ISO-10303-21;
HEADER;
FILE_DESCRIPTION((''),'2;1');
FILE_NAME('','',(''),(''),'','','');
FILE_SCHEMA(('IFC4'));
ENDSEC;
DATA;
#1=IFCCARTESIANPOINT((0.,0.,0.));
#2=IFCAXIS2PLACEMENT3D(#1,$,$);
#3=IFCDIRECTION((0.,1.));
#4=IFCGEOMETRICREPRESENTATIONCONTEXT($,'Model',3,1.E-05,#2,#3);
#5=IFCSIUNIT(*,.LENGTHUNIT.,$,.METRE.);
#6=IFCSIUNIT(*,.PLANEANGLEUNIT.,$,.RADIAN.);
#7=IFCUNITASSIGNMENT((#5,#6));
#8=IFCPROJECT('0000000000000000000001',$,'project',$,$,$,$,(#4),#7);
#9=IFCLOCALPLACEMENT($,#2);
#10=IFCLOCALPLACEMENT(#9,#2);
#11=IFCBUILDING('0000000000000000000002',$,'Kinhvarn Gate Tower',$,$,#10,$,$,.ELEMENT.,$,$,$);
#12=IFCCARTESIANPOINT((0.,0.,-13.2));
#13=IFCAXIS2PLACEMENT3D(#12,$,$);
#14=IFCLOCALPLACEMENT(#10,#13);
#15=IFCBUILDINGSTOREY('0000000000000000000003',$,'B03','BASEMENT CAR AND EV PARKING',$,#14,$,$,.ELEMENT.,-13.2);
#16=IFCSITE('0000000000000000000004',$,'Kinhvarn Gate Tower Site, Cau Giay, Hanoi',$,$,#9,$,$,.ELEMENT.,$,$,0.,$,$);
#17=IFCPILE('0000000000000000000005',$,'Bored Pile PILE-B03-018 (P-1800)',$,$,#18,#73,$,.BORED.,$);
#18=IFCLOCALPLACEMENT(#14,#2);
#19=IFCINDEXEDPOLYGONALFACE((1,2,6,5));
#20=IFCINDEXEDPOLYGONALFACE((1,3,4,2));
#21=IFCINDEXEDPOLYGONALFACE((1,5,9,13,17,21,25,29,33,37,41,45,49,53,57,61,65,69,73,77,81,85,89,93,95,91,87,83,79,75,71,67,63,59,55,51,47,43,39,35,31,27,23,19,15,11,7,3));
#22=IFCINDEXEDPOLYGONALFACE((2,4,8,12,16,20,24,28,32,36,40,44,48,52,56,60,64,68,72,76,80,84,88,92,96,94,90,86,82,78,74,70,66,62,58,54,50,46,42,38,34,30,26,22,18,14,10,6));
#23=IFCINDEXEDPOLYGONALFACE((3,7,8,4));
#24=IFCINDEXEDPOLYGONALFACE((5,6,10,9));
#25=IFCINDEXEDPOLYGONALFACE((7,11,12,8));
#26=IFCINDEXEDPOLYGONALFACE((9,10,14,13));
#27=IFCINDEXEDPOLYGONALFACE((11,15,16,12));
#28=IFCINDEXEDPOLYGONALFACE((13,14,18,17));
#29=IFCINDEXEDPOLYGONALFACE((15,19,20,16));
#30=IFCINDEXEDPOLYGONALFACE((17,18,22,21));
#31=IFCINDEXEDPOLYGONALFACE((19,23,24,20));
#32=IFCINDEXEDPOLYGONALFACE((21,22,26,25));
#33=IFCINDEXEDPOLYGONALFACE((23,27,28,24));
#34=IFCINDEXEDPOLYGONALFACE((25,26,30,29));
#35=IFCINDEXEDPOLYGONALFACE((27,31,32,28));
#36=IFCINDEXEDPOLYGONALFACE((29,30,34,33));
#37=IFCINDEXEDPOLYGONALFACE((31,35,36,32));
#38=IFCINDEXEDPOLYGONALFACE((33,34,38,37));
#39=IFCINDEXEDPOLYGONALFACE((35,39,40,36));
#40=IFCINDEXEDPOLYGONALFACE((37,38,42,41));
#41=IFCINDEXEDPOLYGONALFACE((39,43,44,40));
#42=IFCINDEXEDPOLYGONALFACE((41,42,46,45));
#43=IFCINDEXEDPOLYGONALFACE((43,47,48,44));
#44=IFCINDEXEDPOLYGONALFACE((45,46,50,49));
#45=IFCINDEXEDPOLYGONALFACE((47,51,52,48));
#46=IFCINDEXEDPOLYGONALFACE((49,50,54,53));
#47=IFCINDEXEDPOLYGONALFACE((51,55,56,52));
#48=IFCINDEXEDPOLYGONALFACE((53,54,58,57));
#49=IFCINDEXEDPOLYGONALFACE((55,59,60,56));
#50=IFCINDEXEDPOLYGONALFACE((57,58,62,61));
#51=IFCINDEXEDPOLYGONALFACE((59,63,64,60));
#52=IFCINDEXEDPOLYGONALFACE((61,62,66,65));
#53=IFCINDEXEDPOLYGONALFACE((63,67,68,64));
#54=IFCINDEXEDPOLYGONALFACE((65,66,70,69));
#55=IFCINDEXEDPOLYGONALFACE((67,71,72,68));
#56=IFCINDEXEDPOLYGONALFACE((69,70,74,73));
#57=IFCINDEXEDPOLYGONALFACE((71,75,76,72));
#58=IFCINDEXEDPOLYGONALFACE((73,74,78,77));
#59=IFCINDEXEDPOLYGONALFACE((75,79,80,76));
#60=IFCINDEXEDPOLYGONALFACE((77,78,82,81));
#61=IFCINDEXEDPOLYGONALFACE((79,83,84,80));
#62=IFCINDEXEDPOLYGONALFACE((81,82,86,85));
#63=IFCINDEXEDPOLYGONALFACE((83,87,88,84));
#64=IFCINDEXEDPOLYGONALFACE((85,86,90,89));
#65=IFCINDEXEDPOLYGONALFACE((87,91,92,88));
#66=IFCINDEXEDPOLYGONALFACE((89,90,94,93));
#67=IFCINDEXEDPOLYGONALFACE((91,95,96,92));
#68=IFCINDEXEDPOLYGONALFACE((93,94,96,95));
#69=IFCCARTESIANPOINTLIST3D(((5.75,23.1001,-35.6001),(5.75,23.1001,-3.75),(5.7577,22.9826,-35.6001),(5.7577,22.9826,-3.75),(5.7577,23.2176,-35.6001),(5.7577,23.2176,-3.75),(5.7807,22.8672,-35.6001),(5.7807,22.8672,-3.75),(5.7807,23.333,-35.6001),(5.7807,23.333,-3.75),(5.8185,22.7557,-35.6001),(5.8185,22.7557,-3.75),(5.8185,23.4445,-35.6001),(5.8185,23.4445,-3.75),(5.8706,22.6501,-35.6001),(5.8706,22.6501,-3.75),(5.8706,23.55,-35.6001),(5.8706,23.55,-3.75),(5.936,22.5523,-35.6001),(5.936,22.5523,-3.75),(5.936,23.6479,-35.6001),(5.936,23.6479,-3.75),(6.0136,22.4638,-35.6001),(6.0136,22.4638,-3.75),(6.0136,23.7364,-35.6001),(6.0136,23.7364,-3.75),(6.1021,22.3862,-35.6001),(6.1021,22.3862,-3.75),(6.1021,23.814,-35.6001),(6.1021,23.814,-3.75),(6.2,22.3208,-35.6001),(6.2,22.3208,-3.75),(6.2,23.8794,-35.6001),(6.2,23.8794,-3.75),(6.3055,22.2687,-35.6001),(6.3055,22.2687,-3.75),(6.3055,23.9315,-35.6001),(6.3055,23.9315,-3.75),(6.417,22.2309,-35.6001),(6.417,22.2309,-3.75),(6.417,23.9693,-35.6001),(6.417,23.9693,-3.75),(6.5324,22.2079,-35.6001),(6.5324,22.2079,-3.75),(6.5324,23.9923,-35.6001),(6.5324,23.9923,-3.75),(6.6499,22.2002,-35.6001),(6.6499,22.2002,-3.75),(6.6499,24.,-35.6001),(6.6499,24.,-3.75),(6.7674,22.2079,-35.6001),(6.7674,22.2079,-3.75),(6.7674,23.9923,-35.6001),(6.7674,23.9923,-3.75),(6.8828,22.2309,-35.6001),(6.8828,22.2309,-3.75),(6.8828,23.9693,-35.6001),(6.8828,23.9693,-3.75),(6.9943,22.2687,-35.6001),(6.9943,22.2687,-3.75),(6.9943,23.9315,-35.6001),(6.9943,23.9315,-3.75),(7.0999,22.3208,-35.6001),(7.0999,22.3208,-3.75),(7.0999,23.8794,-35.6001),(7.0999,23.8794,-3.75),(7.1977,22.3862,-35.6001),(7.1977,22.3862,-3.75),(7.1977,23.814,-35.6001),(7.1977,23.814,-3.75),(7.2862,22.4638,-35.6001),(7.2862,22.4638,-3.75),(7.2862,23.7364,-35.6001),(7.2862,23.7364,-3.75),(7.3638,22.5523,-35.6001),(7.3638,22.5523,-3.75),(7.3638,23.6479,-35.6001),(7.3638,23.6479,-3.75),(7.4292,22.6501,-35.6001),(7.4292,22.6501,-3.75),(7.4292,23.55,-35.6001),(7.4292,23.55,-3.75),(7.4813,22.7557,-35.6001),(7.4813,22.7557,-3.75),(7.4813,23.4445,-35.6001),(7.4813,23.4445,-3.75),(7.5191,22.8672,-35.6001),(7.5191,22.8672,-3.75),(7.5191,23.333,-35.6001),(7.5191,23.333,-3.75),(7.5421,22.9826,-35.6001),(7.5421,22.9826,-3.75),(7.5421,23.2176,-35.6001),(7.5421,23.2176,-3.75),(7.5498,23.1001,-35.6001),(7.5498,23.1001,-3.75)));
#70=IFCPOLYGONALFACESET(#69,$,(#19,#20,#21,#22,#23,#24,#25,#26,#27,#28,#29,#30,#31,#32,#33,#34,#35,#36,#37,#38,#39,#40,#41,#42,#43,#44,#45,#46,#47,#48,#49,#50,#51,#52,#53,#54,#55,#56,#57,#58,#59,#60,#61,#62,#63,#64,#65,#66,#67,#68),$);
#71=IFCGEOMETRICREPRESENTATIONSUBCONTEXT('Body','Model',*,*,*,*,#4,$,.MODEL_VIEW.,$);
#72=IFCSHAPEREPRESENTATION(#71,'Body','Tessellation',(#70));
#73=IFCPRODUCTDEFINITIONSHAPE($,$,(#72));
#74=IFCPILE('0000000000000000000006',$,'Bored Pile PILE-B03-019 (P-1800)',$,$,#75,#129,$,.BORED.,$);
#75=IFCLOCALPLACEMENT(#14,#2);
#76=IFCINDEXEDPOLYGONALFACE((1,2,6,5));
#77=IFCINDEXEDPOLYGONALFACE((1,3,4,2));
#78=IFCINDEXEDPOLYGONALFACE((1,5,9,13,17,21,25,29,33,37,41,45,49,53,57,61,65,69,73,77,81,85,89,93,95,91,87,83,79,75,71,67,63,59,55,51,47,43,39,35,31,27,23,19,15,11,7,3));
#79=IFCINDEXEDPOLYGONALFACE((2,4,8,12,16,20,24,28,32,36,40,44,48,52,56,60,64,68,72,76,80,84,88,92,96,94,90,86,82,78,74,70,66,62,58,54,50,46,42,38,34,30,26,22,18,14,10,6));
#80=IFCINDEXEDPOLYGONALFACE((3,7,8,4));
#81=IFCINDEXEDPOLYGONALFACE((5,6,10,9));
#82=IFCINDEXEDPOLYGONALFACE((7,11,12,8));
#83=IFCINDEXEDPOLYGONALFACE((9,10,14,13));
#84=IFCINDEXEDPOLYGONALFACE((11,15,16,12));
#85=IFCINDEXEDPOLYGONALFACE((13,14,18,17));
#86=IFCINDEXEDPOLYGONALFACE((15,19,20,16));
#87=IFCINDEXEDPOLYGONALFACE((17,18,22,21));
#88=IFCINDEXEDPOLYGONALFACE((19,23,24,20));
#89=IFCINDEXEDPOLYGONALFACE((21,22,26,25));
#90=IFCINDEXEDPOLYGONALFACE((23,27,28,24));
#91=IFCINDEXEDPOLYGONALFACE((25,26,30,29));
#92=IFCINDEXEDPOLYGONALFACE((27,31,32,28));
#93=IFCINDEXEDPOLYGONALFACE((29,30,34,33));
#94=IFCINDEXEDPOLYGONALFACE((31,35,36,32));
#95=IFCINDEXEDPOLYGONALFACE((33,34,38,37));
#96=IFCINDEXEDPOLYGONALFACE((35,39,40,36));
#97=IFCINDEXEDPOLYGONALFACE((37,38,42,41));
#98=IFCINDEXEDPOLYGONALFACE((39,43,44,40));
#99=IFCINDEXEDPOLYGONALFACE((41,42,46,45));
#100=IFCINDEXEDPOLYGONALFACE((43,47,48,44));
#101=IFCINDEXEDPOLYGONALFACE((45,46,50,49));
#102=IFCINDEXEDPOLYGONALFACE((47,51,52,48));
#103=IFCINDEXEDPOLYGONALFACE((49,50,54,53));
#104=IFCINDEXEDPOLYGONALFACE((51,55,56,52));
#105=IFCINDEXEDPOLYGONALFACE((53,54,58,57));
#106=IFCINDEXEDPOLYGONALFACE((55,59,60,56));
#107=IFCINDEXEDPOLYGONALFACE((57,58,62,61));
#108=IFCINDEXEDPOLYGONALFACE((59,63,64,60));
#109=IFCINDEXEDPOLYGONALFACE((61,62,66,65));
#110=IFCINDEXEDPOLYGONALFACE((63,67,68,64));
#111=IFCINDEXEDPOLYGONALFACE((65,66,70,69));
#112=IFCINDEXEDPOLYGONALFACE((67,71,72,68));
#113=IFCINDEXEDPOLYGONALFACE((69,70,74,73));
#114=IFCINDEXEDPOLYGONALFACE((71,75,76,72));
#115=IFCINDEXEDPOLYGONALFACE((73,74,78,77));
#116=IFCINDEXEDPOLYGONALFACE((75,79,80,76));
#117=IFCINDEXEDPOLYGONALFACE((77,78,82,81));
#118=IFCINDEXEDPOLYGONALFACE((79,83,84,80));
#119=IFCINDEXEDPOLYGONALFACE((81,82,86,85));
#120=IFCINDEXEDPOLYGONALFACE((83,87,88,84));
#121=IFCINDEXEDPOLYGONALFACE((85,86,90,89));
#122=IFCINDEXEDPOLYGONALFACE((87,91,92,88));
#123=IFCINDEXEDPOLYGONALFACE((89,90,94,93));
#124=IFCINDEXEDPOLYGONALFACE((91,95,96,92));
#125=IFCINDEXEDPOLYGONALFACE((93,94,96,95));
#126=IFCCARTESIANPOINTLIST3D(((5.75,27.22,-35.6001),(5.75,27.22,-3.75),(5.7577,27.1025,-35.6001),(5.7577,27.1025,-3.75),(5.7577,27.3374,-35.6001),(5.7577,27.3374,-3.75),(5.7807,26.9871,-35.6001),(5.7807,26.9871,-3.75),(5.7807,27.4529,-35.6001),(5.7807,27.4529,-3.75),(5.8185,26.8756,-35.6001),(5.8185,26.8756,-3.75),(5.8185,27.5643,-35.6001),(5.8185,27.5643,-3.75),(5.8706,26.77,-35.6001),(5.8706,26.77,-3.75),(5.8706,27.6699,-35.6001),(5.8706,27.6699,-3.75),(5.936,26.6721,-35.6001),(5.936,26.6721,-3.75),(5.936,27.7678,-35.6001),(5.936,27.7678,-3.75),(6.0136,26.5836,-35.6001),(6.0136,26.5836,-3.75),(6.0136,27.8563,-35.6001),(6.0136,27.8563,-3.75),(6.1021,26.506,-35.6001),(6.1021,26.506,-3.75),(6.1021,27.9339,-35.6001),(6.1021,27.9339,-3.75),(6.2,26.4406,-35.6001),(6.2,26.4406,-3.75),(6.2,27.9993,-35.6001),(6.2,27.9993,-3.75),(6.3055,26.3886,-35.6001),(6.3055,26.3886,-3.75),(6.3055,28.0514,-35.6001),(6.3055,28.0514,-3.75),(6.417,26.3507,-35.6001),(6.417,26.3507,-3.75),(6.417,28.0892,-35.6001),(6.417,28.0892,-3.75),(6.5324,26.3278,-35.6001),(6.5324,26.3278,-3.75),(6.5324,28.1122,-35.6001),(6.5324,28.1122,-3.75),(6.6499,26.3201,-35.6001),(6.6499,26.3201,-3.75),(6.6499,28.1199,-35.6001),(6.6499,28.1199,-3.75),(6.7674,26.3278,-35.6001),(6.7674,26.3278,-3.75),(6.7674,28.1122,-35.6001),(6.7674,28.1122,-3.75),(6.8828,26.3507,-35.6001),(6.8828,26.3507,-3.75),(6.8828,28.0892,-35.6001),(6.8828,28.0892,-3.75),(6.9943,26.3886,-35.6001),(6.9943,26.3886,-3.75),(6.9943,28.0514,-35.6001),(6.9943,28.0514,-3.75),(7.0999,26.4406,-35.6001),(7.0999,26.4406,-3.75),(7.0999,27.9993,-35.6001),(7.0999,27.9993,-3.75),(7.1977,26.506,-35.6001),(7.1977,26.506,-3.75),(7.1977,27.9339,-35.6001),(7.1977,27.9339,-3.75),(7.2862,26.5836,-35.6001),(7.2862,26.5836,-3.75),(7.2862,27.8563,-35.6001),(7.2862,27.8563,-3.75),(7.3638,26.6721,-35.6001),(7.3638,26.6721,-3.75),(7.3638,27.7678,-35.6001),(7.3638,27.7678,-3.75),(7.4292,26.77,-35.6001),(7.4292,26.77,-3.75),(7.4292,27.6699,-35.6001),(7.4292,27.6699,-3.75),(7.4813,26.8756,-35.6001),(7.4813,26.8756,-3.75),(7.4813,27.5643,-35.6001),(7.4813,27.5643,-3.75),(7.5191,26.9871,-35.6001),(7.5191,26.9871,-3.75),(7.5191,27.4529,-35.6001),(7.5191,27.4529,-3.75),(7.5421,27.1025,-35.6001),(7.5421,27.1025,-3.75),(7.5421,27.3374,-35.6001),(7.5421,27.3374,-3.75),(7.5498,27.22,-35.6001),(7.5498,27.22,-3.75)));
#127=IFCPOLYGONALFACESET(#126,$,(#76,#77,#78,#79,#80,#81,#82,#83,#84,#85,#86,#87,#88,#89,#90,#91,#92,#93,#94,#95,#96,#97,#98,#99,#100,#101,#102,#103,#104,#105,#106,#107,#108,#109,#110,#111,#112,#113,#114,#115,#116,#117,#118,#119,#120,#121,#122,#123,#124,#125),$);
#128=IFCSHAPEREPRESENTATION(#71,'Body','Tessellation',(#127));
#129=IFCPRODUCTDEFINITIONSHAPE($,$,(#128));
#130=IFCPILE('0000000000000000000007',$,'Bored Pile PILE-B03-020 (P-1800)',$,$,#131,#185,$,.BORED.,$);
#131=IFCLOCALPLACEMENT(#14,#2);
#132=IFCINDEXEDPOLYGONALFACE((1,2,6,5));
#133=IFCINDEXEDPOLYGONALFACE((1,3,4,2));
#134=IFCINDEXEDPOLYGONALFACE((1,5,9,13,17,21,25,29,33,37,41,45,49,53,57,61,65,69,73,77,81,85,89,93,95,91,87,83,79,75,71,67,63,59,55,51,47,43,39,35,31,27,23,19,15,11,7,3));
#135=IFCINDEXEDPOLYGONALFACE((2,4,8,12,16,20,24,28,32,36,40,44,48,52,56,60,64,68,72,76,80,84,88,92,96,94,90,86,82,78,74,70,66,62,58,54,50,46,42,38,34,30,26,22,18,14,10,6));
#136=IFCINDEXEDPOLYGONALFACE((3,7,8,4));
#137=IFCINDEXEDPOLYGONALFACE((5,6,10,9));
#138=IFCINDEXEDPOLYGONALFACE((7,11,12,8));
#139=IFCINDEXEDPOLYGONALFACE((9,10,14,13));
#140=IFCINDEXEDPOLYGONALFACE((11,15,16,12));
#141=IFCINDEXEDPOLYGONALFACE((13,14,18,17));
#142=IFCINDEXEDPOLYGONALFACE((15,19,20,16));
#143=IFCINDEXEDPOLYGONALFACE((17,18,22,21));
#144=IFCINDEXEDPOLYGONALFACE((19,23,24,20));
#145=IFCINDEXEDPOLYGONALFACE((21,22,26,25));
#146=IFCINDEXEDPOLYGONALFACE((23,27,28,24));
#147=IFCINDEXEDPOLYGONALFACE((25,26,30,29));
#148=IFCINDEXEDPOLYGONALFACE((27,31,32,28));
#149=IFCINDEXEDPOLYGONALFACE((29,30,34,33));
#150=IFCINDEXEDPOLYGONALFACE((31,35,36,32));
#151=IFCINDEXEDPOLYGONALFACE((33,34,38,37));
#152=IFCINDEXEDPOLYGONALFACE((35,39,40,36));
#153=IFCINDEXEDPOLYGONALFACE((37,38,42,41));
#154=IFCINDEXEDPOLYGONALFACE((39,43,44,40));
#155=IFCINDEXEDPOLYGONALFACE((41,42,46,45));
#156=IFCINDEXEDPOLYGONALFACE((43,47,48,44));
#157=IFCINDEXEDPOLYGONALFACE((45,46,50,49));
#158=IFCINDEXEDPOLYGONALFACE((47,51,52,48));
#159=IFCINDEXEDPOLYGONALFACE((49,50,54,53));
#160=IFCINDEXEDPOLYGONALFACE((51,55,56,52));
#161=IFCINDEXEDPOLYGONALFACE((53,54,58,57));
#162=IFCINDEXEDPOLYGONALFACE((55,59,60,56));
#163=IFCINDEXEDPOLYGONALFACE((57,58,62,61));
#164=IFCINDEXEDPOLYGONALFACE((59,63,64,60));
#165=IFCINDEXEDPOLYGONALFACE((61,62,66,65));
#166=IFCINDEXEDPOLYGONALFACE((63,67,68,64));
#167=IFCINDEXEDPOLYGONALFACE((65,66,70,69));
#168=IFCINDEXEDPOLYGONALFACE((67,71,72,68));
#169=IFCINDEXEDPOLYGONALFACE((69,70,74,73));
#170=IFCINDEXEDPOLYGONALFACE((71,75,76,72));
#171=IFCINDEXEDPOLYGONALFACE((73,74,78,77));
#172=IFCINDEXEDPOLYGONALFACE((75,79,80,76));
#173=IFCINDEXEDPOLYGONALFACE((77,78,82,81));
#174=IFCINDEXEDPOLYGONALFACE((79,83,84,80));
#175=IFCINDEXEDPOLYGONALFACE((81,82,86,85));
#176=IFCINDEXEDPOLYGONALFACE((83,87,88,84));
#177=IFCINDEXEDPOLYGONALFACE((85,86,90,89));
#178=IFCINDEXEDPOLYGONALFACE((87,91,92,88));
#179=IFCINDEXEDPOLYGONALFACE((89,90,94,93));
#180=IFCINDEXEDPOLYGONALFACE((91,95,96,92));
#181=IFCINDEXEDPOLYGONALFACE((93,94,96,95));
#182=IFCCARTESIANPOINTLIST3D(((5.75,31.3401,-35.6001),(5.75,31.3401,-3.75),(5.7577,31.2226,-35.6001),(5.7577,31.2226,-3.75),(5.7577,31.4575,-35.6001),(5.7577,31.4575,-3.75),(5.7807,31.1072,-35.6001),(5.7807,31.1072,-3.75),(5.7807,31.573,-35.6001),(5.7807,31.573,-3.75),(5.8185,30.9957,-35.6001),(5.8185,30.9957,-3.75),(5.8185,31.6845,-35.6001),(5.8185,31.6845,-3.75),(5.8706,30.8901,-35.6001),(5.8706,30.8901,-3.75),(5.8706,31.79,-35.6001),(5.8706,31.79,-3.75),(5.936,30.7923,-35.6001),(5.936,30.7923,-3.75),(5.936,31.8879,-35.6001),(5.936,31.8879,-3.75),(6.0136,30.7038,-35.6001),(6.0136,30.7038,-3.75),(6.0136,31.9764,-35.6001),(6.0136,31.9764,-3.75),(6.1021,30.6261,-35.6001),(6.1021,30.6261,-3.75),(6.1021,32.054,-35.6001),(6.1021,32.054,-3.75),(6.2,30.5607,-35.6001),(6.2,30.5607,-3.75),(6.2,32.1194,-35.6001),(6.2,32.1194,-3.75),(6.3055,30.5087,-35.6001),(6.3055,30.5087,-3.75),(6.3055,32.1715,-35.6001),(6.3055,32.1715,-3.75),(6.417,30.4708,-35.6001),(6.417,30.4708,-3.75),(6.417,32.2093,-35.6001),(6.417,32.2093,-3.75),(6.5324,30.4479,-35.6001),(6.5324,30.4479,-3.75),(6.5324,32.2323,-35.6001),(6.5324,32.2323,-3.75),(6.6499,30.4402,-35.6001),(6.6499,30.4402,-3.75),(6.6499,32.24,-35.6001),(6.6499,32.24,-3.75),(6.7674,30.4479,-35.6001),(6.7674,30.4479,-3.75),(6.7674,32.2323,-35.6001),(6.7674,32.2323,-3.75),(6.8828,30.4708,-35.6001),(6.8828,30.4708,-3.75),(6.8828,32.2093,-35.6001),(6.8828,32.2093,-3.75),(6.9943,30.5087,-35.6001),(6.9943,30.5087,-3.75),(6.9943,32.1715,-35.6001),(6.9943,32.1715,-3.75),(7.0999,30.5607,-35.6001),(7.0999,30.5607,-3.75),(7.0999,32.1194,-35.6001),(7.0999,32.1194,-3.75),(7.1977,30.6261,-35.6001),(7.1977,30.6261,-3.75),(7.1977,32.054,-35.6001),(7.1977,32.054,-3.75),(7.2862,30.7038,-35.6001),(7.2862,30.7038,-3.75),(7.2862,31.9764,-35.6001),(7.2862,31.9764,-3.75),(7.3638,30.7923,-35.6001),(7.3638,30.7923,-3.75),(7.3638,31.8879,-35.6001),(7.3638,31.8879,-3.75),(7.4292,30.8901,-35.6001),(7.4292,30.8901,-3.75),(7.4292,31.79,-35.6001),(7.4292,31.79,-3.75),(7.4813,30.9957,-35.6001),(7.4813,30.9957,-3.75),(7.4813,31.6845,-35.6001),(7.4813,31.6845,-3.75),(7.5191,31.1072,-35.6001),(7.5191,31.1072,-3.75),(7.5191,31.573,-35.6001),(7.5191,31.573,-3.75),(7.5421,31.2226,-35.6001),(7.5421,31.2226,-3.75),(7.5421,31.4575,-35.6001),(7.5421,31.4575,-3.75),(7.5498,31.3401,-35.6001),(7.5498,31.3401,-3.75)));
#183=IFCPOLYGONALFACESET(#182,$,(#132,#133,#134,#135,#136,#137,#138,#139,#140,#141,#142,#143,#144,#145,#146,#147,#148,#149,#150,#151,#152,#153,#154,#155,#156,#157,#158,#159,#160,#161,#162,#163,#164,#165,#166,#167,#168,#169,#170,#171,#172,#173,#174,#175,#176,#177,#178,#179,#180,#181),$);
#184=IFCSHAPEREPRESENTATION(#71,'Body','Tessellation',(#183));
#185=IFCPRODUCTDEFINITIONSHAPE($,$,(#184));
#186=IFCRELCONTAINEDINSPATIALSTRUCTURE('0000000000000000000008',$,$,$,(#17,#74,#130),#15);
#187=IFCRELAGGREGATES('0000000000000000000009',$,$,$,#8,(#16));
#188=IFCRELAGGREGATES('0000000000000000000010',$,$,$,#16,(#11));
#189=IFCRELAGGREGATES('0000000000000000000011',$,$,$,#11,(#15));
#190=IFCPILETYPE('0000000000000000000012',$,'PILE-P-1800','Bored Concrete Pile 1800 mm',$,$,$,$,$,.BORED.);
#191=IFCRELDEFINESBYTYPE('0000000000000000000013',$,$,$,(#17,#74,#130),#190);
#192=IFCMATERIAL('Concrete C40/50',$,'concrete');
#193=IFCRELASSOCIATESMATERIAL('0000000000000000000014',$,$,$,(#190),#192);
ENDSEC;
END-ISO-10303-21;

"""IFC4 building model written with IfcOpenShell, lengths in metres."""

from ifc_helpers import new_model, si_unit, direction, frame, origin, origin_2d, place, context, subcontext, project, spatial, circle, extrude, material, material_profile, profile_set, type_object, element, save


model = new_model("IFC4")

# Units and contexts
model_context = context("Model", 3, precision=1e-05, world=origin(), true_north=direction((0.0, 1.0)))
body_context = subcontext(model_context, "Body", "Model", "MODEL_VIEW")
ifc_project = project(units=[si_unit("LENGTHUNIT", "METRE"), si_unit("PLANEANGLEUNIT", "RADIAN")], contexts=[model_context])

# Site, building, storey
site_placement = place(None, origin())
site = spatial("IfcSite", under=ifc_project, at=site_placement, Name="Kinhvarn Gate Tower Site, Cau Giay, Hanoi", CompositionType="ELEMENT", RefElevation=0.0)
building_placement = place(site_placement, origin())
building = spatial("IfcBuilding", under=site, at=building_placement, Name="Kinhvarn Gate Tower", CompositionType="ELEMENT")
storey_placement = place(building_placement, frame((0.0, 0.0, -13.2)))
storey = spatial("IfcBuildingStorey", under=building, at=storey_placement, Name="B03", Description="BASEMENT CAR AND EV PARKING", CompositionType="ELEMENT", Elevation=-13.2)

# Piles
ifc_material = material(Name="Concrete C40/50", Category="concrete")
ifc_material_profile_1 = material_profile(ifc_material, circle(Radius=0.8999, at=origin_2d()), Name="PILE D1800")
ifc_profile_set_1 = profile_set([ifc_material_profile_1], Name="Concrete C40/50")
pile_type_1 = type_object("IfcPileType", Name="PILE-P-1800", Description="Bored Concrete Pile 1800 mm", PredefinedType="BORED", material=ifc_profile_set_1)
for number, where, z_axis, x_axis, name in (
    (1, (6.6499, 23.1001, -35.6001), (0.0, 0.0, 1.0), (1.0, 0.0, 0.0), "Bored Pile PILE-B03-018 (P-1800)"),
    (2, (6.6499, 27.22, -35.6001), (0.0, 0.0, 1.0), (1.0, 0.0, 0.0), "Bored Pile PILE-B03-019 (P-1800)"),
    (3, (6.6499, 31.3401, -35.6001), (0.0, 0.0, 1.0), (1.0, 0.0, 0.0), "Bored Pile PILE-B03-020 (P-1800)"),
):
    element("IfcPile", number, at=place(storey_placement, frame(where, z_axis=z_axis, x_axis=x_axis)), inside=storey, type_object=pile_type_1, Name=name, PredefinedType="BORED", context=body_context, shape_type="SweptSolid", body=[
        extrude(circle(Radius=0.8999, at=origin_2d()), origin(), (0.0, 0.0, 1.0), 31.8501),
    ])

save(model, "model.ifc")
